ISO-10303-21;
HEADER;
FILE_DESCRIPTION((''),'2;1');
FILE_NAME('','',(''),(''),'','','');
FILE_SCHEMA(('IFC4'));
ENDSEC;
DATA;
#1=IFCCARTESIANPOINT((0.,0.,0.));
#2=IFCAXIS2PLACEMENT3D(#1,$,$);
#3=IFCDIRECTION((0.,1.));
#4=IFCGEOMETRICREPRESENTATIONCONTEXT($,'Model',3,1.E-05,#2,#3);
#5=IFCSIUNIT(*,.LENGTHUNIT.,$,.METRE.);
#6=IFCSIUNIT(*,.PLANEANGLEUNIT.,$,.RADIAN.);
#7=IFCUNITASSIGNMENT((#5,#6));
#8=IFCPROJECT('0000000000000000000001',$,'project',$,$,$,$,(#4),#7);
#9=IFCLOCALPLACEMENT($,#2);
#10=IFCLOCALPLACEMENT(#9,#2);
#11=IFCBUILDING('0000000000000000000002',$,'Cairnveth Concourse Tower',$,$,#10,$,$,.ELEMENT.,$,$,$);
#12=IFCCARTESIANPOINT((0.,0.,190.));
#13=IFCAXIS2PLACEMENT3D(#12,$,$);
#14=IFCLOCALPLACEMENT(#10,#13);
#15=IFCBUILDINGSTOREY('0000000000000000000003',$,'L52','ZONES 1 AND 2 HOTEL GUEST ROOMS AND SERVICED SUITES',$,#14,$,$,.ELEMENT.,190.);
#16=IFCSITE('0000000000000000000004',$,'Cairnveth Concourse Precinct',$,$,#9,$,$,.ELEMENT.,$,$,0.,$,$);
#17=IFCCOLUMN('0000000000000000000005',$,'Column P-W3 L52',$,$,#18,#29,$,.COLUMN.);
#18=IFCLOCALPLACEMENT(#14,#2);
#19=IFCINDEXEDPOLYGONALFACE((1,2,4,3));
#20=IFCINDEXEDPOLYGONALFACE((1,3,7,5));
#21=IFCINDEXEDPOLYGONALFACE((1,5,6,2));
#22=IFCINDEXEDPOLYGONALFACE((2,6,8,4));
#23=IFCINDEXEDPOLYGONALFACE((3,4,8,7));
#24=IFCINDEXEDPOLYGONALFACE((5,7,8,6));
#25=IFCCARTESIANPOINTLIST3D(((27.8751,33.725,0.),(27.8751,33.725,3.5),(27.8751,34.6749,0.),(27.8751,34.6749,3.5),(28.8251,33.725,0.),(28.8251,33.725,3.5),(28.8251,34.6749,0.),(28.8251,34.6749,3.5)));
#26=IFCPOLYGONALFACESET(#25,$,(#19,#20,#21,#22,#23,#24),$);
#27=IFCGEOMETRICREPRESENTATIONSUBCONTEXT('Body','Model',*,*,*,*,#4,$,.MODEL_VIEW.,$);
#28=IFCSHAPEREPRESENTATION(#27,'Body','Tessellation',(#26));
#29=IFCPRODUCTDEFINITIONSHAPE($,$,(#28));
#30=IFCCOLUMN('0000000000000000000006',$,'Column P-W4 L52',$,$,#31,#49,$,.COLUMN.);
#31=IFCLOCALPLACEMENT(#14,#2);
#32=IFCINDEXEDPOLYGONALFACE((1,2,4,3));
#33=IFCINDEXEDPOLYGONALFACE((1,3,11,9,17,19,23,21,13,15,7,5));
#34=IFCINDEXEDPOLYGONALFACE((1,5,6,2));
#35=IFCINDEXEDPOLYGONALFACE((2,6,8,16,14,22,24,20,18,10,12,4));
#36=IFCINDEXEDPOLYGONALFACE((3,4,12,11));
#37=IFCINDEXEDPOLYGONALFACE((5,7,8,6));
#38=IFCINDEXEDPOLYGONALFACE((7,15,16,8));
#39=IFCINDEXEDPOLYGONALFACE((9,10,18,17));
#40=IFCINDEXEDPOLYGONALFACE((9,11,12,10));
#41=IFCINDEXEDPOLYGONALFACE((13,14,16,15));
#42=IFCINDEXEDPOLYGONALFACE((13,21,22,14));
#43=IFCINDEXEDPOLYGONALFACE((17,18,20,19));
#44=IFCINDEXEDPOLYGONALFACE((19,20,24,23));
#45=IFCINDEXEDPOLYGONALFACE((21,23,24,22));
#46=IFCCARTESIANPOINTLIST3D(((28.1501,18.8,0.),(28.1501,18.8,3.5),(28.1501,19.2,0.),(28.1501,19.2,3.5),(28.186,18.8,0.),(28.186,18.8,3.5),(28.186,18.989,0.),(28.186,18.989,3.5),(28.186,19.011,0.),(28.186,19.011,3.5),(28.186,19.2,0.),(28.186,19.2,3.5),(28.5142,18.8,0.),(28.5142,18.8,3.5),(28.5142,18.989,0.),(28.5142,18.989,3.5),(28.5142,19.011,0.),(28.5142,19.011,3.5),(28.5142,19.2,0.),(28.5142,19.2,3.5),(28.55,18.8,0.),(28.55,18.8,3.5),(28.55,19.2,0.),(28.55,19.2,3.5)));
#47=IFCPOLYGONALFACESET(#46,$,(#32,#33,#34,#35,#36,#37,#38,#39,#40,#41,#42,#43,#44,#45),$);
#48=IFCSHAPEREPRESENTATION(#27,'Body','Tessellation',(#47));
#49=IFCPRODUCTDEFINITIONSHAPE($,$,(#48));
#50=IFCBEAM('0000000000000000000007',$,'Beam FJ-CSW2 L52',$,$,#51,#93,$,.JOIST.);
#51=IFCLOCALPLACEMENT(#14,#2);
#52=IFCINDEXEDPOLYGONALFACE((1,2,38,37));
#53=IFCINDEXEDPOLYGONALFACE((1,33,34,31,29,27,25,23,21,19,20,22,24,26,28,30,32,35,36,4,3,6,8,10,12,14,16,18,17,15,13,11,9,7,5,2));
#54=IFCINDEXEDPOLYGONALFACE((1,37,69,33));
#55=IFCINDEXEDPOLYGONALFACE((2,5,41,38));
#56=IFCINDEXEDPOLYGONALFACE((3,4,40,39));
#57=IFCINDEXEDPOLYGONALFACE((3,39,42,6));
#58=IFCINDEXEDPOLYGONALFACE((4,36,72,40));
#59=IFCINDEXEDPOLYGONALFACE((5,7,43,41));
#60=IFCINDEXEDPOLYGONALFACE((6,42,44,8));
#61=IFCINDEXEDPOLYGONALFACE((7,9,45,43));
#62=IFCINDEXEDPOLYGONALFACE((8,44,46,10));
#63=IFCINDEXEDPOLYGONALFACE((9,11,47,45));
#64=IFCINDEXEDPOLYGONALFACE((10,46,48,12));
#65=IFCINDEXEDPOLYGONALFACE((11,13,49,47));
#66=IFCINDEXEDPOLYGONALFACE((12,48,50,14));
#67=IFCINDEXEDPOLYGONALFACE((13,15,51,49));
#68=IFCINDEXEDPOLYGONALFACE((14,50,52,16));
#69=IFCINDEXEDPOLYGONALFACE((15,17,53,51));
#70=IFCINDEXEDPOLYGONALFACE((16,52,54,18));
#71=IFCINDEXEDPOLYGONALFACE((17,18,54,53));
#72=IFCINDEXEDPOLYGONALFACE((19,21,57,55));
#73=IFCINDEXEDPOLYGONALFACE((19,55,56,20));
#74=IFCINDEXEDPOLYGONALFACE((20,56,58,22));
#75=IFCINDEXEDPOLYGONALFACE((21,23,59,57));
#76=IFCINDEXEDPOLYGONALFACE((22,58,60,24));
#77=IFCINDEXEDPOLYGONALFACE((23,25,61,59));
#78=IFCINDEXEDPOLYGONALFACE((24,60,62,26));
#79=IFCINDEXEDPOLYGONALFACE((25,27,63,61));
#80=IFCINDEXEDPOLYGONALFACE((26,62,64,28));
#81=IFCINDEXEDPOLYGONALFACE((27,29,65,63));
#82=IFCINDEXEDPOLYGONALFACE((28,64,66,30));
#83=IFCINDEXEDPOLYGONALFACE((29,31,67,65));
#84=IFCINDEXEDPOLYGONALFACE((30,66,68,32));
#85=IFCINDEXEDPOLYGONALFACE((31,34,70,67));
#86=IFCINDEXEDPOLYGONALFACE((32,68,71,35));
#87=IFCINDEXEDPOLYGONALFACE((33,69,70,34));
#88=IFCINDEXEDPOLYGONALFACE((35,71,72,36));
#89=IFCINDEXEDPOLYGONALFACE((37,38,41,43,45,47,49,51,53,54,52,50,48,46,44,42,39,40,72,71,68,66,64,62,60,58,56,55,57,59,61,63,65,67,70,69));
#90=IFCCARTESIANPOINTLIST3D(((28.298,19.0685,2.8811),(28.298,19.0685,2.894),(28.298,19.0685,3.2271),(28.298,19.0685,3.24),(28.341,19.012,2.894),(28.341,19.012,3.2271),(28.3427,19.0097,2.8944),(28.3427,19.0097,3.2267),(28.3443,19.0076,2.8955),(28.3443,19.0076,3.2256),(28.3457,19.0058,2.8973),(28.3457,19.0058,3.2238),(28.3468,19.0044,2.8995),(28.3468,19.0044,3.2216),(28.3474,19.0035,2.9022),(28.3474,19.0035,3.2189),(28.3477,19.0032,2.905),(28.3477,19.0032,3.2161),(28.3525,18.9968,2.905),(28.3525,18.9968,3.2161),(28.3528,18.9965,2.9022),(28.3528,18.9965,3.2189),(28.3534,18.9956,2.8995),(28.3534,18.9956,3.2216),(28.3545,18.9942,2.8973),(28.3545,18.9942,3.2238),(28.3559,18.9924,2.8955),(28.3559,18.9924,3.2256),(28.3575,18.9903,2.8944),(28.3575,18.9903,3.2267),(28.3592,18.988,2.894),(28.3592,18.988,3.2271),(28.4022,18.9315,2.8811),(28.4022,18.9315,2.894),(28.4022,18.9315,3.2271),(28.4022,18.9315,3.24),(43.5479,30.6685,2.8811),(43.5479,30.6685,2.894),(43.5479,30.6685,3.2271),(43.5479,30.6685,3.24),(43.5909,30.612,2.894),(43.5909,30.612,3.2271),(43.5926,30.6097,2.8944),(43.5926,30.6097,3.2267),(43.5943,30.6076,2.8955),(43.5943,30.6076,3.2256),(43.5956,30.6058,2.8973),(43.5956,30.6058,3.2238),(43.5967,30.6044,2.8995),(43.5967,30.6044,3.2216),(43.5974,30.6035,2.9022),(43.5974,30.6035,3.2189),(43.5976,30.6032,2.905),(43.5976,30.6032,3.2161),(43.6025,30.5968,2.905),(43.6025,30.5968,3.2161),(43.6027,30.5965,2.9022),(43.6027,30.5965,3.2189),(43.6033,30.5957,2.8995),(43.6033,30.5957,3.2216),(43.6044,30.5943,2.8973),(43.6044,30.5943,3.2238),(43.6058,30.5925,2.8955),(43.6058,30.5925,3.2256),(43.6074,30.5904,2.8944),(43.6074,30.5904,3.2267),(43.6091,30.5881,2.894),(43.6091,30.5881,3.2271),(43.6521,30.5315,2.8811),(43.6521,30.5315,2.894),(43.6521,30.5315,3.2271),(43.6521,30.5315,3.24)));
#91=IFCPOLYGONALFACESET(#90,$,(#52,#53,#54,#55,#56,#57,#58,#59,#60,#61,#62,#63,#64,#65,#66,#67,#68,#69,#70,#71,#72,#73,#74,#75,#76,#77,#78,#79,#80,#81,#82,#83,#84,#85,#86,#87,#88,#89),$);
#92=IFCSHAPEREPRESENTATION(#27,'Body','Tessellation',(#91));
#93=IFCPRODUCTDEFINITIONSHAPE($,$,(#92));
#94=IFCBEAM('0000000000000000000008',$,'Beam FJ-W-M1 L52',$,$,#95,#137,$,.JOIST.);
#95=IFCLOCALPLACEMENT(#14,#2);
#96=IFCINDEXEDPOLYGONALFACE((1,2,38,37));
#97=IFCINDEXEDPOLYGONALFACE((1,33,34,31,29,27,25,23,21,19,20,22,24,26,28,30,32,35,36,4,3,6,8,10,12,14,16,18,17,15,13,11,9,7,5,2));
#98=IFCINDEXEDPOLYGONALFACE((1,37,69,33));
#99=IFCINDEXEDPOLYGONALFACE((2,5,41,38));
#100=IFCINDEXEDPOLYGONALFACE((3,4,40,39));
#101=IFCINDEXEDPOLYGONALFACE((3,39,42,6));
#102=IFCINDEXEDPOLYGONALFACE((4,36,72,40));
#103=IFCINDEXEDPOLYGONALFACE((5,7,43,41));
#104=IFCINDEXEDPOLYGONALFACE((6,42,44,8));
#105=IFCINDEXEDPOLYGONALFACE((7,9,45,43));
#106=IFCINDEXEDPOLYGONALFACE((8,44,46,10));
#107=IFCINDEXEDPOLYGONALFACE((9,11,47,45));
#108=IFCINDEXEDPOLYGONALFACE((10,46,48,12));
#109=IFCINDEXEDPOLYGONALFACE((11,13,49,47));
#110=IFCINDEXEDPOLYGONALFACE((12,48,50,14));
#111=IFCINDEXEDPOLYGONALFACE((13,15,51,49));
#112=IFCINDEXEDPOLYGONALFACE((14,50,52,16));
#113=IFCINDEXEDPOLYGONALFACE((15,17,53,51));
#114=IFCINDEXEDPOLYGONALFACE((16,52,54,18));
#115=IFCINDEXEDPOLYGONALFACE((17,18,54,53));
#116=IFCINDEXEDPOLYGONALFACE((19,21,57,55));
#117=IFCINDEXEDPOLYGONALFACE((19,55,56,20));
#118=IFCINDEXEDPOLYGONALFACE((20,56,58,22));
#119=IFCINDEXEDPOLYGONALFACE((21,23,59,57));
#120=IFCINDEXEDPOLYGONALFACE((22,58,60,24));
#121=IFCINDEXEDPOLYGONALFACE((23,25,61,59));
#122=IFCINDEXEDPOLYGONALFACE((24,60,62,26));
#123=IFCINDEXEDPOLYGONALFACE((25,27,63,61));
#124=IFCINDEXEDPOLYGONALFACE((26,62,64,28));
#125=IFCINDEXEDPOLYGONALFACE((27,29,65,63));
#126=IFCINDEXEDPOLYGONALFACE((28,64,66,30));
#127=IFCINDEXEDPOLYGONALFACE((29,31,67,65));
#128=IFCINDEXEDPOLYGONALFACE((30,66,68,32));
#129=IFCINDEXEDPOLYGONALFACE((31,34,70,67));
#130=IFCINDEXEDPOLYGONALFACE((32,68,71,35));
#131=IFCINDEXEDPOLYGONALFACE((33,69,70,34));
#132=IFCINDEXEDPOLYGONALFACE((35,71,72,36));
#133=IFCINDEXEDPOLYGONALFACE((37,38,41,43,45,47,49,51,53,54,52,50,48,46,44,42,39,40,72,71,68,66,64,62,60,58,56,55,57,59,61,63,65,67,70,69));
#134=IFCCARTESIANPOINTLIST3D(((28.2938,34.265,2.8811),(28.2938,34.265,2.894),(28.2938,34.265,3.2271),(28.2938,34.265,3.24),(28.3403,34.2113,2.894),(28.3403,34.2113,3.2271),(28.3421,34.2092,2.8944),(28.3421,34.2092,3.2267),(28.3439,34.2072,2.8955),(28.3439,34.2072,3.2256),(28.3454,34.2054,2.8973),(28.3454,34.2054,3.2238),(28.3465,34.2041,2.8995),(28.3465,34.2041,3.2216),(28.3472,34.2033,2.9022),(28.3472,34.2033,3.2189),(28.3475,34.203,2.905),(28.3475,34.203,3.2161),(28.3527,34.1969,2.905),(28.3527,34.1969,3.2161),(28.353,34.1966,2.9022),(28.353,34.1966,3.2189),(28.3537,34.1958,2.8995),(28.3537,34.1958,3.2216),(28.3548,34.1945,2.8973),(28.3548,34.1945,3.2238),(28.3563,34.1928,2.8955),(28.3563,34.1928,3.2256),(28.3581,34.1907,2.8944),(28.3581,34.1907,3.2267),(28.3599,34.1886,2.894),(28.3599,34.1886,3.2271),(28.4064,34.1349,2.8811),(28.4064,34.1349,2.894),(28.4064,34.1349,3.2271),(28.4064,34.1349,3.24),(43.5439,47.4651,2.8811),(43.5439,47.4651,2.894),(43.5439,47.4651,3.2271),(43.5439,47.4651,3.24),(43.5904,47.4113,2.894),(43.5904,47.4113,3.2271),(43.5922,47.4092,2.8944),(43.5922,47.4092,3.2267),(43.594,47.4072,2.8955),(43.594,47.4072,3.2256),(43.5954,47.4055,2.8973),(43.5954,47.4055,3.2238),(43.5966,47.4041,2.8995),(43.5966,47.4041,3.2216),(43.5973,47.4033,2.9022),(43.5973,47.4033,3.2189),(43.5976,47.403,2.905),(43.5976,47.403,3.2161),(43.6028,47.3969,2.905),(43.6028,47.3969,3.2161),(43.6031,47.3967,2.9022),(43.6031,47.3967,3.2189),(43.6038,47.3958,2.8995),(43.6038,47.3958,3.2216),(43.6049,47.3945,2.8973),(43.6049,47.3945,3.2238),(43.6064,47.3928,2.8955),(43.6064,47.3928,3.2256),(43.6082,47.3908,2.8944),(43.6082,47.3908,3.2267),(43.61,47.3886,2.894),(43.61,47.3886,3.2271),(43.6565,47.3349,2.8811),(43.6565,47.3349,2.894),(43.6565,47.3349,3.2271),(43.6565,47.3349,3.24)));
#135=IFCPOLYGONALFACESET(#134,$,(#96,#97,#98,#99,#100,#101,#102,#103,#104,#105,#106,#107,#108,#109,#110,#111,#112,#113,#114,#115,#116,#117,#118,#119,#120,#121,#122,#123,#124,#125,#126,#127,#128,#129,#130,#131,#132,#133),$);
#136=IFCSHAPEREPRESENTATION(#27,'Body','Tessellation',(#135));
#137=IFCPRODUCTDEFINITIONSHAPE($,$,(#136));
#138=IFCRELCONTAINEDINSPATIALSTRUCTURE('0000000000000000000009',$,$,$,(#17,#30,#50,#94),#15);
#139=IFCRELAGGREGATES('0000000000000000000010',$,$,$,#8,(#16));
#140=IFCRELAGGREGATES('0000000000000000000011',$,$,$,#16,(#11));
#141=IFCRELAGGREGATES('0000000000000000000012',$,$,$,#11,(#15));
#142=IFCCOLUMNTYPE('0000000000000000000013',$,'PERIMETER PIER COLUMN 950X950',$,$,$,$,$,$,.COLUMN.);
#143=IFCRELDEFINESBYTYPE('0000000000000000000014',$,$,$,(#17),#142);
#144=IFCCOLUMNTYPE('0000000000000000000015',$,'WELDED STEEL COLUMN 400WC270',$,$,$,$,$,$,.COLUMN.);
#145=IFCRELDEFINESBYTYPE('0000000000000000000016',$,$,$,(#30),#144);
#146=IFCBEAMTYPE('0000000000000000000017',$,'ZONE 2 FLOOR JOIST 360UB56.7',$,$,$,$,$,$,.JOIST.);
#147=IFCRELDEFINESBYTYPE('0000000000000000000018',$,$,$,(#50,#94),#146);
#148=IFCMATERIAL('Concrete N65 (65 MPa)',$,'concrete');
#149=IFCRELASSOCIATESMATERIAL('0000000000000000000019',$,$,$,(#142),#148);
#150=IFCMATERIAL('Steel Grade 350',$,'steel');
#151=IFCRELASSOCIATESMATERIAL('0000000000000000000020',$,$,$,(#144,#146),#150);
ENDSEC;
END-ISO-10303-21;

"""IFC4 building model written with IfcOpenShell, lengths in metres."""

from ifc_helpers import new_model, si_unit, direction, frame, origin, origin_2d, place, context, subcontext, project, spatial, rectangle, i_section, extrude, material, material_profile, profile_set, type_object, element, save


model = new_model("IFC4")

# Units and contexts
model_context = context("Model", 3, precision=1e-05, world=origin(), true_north=direction((0.0, 1.0)))
body_context = subcontext(model_context, "Body", "Model", "MODEL_VIEW")
ifc_project = project(units=[si_unit("LENGTHUNIT", "METRE"), si_unit("PLANEANGLEUNIT", "RADIAN")], contexts=[model_context])

# Site, building, storey
site_placement = place(None, origin())
site = spatial("IfcSite", under=ifc_project, at=site_placement, Name="Cairnveth Concourse Precinct", CompositionType="ELEMENT", RefElevation=0.0)
building_placement = place(site_placement, origin())
building = spatial("IfcBuilding", under=site, at=building_placement, Name="Cairnveth Concourse Tower", CompositionType="ELEMENT")
storey_placement = place(building_placement, frame((0.0, 0.0, 190.0)))
storey = spatial("IfcBuildingStorey", under=building, at=storey_placement, Name="L52", Description="ZONES 1 AND 2 HOTEL GUEST ROOMS AND SERVICED SUITES", CompositionType="ELEMENT", Elevation=190.0)

# Columns
ifc_material_1 = material(Name="Concrete N65 (65 MPa)", Category="concrete")
ifc_material_profile_1 = material_profile(ifc_material_1, rectangle(XDim=0.95, YDim=0.95, at=origin_2d()), Name="RC-COL-950x950")
ifc_profile_set_1 = profile_set([ifc_material_profile_1], Name="Concrete N65 (65 MPa)")
column_type_1 = type_object("IfcColumnType", Name="PERIMETER PIER COLUMN 950X950", PredefinedType="COLUMN", material=ifc_profile_set_1)
column_1_placement = place(storey_placement, frame((28.3501, 34.2, 0.0), z_axis=(0.0, 0.0, 1.0), x_axis=(0.0, 1.0, 0.0)))
element("IfcColumn", 1, at=column_1_placement, inside=storey, type_object=column_type_1, Name="Column P-W3 L52", PredefinedType="COLUMN", context=body_context, shape_type="SweptSolid", body=[
    extrude(rectangle(XDim=0.95, YDim=0.95, at=origin_2d()), origin(), (0.0, 0.0, 1.0), 3.5),
])
ifc_material_2 = material(Name="Steel Grade 350", Category="steel")
ifc_material_profile_2 = material_profile(ifc_material_2, i_section(OverallWidth=0.3999, OverallDepth=0.3999, WebThickness=0.022, FlangeThickness=0.0359, at=origin_2d()), Name="400WC270")
ifc_profile_set_2 = profile_set([ifc_material_profile_2], Name="Steel Grade 350")
column_type_2 = type_object("IfcColumnType", Name="WELDED STEEL COLUMN 400WC270", PredefinedType="COLUMN", material=ifc_profile_set_2)
column_2_placement = place(storey_placement, frame((28.3501, 19.0, 0.0), z_axis=(0.0, 0.0, 1.0), x_axis=(0.0, 1.0, 0.0)))
element("IfcColumn", 2, at=column_2_placement, inside=storey, type_object=column_type_2, Name="Column P-W4 L52", PredefinedType="COLUMN", context=body_context, shape_type="SweptSolid", body=[
    extrude(i_section(OverallWidth=0.3999, OverallDepth=0.3999, WebThickness=0.022, FlangeThickness=0.0359, at=origin_2d()), origin(), (0.0, 0.0, 1.0), 3.5),
])

# Beams
ifc_material_profile_3 = material_profile(ifc_material_2, i_section(OverallWidth=0.1721, OverallDepth=0.3589, WebThickness=0.0081, FlangeThickness=0.0129, FilletRadius=0.011, at=origin_2d()), Name="360UB56.7")
ifc_profile_set_3 = profile_set([ifc_material_profile_3], Name="Steel Grade 350")
beam_type_1 = type_object("IfcBeamType", Name="ZONE 2 FLOOR JOIST 360UB56.7", PredefinedType="JOIST", material=ifc_profile_set_3)
beam_1_placement = place(storey_placement, frame((28.3501, 19.0, 3.0605), z_axis=(0.795908, 0.605417, 0.0), x_axis=(-0.605417, 0.795908, 0.0)))
element("IfcBeam", 3, at=beam_1_placement, inside=storey, type_object=beam_type_1, Name="Beam FJ-CSW2 L52", PredefinedType="JOIST", context=body_context, shape_type="SweptSolid", body=[
    extrude(i_section(OverallWidth=0.1721, OverallDepth=0.3589, WebThickness=0.0081, FlangeThickness=0.0129, FilletRadius=0.011, at=origin_2d()), origin(), (0.0, 0.0, 1.0), 19.1604),
])
beam_2_placement = place(storey_placement, frame((28.3501, 34.2, 3.0605), z_axis=(0.756099, 0.654457, 0.0), x_axis=(-0.654457, 0.756099, 0.0)))
element("IfcBeam", 4, at=beam_2_placement, inside=storey, type_object=beam_type_1, Name="Beam FJ-W-M1 L52", PredefinedType="JOIST", context=body_context, shape_type="SweptSolid", body=[
    extrude(i_section(OverallWidth=0.1721, OverallDepth=0.3589, WebThickness=0.0081, FlangeThickness=0.0129, FilletRadius=0.011, at=origin_2d()), origin(), (0.0, 0.0, 1.0), 20.1694),
])

save(model, "model.ifc")
